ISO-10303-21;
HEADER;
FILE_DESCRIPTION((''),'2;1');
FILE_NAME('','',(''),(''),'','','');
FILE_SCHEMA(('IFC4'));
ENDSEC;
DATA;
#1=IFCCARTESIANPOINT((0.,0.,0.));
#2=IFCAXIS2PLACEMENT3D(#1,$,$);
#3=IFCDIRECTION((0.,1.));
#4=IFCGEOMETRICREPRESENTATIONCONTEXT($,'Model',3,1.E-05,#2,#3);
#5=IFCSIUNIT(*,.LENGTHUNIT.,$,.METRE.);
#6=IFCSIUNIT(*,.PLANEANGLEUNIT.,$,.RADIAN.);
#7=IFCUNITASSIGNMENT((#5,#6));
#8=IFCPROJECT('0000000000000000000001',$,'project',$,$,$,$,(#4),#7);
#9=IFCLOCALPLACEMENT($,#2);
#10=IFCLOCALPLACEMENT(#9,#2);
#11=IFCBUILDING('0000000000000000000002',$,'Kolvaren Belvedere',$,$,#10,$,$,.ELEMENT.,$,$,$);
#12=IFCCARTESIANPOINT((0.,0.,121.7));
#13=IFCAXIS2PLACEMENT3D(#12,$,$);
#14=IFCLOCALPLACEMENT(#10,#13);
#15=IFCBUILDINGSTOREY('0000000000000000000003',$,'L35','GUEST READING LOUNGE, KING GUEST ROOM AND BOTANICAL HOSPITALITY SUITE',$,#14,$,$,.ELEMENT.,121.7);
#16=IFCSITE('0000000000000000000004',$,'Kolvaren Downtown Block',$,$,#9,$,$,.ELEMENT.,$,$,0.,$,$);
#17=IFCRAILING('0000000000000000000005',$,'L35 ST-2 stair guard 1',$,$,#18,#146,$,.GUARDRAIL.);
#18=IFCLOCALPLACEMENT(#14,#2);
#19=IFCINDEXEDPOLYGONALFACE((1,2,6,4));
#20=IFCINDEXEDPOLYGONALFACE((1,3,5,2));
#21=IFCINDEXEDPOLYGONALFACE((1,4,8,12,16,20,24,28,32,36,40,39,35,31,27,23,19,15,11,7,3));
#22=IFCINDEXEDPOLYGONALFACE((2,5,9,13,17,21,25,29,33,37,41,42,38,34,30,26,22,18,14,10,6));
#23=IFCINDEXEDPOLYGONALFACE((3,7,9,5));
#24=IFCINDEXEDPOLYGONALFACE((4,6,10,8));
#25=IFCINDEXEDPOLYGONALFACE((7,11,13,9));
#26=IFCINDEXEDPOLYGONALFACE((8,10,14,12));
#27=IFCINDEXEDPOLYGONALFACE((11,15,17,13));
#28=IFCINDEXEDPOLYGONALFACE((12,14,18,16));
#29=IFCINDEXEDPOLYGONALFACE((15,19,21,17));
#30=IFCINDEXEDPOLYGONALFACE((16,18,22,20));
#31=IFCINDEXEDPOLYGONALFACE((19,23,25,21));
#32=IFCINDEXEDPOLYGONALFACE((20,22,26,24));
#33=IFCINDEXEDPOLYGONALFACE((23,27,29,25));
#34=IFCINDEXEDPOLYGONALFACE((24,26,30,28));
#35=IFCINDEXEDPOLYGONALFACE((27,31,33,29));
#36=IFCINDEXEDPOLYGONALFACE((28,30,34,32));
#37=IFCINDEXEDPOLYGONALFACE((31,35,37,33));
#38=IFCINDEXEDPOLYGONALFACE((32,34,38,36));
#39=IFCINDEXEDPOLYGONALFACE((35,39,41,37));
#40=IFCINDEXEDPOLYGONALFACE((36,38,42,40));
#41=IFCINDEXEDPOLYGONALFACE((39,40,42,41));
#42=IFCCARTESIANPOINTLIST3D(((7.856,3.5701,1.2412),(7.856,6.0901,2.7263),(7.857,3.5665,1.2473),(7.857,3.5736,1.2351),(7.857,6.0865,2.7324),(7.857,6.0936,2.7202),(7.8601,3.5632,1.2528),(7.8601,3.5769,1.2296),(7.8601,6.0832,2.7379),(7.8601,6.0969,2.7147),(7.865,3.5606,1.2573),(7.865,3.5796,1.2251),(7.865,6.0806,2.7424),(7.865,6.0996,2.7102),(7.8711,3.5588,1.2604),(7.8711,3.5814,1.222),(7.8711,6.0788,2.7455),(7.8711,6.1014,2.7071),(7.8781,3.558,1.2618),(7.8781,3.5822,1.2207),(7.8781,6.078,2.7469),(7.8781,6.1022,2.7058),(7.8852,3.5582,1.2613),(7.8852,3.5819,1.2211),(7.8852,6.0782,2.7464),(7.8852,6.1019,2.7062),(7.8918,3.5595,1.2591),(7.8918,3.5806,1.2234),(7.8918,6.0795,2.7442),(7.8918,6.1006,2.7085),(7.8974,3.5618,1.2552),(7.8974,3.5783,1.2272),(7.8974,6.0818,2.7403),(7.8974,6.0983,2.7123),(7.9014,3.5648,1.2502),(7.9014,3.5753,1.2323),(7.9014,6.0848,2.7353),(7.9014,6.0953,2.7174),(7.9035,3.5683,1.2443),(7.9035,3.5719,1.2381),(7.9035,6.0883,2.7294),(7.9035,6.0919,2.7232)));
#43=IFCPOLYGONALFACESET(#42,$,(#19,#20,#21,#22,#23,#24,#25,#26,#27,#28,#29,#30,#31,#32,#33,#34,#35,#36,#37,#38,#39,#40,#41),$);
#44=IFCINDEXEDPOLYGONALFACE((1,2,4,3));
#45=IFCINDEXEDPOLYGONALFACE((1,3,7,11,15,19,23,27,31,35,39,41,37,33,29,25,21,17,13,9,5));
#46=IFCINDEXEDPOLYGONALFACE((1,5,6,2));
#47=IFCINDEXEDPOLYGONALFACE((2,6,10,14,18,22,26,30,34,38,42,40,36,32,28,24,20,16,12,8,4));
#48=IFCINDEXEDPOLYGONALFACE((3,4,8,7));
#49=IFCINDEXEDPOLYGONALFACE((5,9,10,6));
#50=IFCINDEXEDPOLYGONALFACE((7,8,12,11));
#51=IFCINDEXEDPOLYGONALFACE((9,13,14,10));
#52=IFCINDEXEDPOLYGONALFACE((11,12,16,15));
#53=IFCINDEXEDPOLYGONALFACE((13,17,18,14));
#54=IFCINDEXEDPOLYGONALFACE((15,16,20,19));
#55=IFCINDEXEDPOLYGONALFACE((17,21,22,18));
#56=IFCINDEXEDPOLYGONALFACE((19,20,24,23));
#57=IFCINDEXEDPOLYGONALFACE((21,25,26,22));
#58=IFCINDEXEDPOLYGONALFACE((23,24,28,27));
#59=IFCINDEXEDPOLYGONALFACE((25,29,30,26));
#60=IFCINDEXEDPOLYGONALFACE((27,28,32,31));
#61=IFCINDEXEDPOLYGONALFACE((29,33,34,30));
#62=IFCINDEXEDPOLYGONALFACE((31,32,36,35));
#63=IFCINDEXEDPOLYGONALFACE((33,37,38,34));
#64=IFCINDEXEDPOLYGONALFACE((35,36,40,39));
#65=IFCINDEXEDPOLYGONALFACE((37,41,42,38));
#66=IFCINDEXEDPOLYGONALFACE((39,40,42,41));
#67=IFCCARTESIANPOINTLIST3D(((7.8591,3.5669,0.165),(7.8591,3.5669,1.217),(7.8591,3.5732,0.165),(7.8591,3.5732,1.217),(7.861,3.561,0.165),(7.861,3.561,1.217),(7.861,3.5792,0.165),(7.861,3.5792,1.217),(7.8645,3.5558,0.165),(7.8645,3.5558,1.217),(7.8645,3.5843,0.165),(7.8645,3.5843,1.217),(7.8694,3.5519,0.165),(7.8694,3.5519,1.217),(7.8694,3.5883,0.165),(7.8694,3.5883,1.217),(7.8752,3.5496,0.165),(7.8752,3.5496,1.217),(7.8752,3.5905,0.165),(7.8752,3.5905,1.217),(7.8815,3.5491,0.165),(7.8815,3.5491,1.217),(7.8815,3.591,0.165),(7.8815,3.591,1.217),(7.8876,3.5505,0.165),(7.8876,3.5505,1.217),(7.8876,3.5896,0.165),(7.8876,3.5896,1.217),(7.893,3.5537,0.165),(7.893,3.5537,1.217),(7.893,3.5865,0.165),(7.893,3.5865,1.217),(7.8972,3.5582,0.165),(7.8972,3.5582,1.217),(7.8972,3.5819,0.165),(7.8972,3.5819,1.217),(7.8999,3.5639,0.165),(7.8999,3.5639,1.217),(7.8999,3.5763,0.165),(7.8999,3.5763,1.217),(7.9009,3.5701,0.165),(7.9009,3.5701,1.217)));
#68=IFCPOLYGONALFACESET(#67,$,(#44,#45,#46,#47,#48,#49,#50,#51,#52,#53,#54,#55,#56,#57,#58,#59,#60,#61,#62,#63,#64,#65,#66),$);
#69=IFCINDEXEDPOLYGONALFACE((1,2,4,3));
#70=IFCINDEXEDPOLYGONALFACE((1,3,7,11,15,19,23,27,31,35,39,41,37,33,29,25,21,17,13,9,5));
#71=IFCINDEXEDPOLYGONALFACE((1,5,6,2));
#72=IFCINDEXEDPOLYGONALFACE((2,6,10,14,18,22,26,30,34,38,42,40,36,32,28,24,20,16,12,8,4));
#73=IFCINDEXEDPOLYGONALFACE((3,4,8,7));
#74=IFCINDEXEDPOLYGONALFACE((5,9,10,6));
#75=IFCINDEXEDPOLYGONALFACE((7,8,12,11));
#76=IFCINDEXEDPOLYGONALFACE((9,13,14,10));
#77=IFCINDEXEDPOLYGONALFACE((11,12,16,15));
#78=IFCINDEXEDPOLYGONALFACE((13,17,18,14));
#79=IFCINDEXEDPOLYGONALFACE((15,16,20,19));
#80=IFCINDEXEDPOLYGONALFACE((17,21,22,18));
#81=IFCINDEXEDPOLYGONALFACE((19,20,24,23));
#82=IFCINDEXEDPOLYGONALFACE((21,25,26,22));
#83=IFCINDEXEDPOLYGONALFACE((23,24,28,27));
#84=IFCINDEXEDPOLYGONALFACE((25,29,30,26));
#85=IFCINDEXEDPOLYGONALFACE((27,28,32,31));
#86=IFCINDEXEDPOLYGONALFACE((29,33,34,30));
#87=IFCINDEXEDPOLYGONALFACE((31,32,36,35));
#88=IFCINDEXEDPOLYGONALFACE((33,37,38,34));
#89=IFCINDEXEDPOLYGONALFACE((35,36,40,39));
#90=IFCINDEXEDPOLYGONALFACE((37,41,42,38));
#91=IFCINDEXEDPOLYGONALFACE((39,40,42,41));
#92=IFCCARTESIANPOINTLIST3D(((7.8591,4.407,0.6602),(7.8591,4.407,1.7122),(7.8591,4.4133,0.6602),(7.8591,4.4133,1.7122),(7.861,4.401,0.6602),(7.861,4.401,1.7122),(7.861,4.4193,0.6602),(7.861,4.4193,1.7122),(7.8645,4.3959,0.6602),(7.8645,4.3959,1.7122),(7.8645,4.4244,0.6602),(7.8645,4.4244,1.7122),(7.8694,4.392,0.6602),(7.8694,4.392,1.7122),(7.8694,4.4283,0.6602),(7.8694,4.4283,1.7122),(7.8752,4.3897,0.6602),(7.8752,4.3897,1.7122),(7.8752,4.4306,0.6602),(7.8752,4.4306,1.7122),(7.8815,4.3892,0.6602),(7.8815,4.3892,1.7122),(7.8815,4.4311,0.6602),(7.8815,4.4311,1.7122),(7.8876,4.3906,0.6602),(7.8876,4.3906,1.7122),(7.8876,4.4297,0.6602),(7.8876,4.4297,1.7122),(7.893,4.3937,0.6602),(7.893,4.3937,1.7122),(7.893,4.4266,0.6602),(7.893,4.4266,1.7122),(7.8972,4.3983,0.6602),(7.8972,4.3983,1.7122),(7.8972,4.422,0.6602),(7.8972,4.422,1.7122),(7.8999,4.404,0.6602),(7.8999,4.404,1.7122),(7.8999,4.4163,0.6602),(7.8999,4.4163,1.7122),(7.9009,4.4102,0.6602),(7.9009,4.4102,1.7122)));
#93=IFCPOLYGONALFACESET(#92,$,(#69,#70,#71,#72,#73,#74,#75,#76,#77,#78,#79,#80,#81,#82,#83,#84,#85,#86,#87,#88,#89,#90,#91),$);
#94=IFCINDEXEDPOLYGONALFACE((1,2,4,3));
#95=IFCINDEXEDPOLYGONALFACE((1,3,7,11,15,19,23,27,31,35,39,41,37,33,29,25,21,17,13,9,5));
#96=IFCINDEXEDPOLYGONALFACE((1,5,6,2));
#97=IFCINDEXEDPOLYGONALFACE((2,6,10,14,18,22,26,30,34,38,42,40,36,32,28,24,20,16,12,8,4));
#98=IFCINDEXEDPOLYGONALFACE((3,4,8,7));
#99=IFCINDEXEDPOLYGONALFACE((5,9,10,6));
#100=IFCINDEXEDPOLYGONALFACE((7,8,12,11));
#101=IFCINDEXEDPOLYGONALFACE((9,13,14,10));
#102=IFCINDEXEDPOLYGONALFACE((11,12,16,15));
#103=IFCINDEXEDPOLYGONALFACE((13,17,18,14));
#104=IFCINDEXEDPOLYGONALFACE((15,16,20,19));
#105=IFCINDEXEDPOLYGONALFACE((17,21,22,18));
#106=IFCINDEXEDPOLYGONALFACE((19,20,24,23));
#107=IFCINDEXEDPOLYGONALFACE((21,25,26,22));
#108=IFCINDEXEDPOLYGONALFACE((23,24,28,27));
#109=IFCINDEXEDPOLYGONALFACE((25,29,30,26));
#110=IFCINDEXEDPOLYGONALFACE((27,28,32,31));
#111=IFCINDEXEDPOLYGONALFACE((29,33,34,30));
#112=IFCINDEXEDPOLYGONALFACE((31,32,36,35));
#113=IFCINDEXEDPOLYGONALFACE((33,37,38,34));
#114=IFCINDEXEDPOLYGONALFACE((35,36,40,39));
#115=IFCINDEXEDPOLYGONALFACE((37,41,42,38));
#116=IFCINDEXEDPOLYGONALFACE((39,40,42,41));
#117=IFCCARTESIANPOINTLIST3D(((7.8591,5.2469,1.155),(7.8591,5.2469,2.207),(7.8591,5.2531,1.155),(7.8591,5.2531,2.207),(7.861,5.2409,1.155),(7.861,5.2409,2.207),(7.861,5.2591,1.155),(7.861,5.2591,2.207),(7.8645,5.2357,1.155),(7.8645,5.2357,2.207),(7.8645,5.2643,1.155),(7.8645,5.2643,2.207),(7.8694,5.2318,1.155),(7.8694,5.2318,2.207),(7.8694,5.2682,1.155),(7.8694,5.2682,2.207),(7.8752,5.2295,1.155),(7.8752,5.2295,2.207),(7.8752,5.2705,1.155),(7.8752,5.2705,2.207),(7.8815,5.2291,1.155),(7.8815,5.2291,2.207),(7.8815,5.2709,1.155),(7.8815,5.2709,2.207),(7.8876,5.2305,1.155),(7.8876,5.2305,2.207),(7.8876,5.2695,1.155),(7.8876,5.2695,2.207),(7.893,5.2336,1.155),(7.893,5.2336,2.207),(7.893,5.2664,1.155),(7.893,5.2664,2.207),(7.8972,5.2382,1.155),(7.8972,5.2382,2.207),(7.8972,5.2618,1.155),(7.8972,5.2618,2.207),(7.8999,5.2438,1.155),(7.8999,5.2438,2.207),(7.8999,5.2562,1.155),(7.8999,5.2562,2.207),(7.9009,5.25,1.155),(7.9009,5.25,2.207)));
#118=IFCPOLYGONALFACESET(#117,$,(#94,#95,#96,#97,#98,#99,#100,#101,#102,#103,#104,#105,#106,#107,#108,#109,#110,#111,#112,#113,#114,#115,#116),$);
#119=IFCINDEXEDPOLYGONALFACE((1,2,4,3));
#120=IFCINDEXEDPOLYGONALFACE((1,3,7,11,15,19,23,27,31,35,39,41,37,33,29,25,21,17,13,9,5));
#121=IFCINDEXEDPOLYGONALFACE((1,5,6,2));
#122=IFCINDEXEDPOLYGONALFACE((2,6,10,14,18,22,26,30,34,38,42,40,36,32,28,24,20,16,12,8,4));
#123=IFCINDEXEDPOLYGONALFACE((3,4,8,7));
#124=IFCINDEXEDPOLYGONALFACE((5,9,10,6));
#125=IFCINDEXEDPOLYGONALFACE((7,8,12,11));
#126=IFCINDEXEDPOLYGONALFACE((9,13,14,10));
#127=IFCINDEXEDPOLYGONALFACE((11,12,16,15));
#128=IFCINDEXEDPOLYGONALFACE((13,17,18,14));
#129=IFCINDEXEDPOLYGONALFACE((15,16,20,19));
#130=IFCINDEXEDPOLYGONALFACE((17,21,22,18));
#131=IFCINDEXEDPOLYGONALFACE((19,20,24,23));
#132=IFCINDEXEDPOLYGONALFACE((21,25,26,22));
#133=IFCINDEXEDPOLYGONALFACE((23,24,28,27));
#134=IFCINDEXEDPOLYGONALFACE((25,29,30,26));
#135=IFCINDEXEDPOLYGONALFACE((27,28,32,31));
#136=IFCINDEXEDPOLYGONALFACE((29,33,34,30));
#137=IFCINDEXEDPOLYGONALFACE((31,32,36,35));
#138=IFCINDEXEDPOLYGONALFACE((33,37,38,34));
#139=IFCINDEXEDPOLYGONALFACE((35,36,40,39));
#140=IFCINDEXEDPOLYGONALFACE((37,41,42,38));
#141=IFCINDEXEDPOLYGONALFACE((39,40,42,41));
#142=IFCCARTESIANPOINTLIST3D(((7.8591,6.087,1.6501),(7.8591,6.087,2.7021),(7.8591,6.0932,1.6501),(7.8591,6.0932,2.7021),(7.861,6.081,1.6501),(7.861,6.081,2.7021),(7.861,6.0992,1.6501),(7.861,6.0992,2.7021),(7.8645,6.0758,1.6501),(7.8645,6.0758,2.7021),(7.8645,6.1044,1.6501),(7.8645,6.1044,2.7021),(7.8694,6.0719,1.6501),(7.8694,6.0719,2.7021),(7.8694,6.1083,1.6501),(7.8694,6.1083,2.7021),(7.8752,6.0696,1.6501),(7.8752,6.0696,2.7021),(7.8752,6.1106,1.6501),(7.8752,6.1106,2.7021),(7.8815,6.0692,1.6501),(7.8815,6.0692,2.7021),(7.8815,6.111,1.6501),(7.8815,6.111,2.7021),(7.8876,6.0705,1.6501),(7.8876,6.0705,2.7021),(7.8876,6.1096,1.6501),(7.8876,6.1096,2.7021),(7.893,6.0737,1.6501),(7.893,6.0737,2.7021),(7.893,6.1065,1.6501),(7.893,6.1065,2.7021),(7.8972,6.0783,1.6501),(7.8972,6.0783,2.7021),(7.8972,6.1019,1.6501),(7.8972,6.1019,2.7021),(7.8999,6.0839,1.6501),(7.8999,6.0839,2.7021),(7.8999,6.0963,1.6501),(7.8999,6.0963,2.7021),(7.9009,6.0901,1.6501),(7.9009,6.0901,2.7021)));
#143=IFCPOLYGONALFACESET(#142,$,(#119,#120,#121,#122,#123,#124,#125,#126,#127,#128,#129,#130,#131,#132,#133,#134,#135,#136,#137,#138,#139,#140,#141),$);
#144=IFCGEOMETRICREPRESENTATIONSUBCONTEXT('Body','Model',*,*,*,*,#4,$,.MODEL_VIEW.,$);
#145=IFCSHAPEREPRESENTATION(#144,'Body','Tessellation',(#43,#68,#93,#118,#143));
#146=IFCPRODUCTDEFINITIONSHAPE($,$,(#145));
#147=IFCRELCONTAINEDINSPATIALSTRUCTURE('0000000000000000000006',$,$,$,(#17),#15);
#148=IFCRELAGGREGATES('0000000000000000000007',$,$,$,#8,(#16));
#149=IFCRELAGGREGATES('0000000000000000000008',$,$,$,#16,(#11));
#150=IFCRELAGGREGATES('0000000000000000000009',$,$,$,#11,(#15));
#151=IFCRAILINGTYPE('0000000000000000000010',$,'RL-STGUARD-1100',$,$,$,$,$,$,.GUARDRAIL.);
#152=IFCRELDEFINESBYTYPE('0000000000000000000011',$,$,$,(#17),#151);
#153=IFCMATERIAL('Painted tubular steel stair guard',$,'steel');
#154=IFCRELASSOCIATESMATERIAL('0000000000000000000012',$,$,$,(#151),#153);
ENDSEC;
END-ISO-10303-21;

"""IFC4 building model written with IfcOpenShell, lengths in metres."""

from ifc_helpers import new_model, si_unit, direction, frame, origin, origin_2d, place, context, subcontext, project, spatial, circle, extrude, material, type_object, element, save


model = new_model("IFC4")

# Units and contexts
model_context = context("Model", 3, precision=1e-05, world=origin(), true_north=direction((0.0, 1.0)))
body_context = subcontext(model_context, "Body", "Model", "MODEL_VIEW")
ifc_project = project(units=[si_unit("LENGTHUNIT", "METRE"), si_unit("PLANEANGLEUNIT", "RADIAN")], contexts=[model_context])

# Site, building, storey
site_placement = place(None, origin())
site = spatial("IfcSite", under=ifc_project, at=site_placement, Name="Kolvaren Downtown Block", CompositionType="ELEMENT", RefElevation=0.0)
building_placement = place(site_placement, origin())
building = spatial("IfcBuilding", under=site, at=building_placement, Name="Kolvaren Belvedere", CompositionType="ELEMENT")
storey_placement = place(building_placement, frame((0.0, 0.0, 121.7)))
storey = spatial("IfcBuildingStorey", under=building, at=storey_placement, Name="L35", Description="GUEST READING LOUNGE, KING GUEST ROOM AND BOTANICAL HOSPITALITY SUITE", CompositionType="ELEMENT", Elevation=121.7)

# Railing
ifc_material_1 = material(Name="Painted tubular steel stair guard", Category="steel")
railing_type_1 = type_object("IfcRailingType", Name="RL-STGUARD-1100", PredefinedType="GUARDRAIL", material=ifc_material_1)
railing_1_placement = place(storey_placement, frame((7.8799, 3.5701, 0.165)))
element("IfcRailing", 1, at=railing_1_placement, inside=storey, type_object=railing_type_1, Name="L35 ST-2 stair guard 1", PredefinedType="GUARDRAIL", context=body_context, shape_type="SweptSolid", body=[
    extrude(circle(Radius=0.0239, at=origin_2d()), frame((0.0, 0.0, 1.0762), z_axis=(0.0, 0.861524, 0.507717), x_axis=(-1.0, 0.0, 0.0)), (0.0, 0.0, 1.0), 2.925),
    extrude(circle(Radius=0.021, at=origin_2d()), origin(), (0.0, 0.0, 1.0), 1.052),
    extrude(circle(Radius=0.021, at=origin_2d()), frame((0.0, 0.8401, 0.4951)), (0.0, 0.0, 1.0), 1.052),
    extrude(circle(Radius=0.021, at=origin_2d()), frame((0.0, 1.6799, 0.99)), (0.0, 0.0, 1.0), 1.052),
    extrude(circle(Radius=0.021, at=origin_2d()), frame((0.0, 2.52, 1.4851)), (0.0, 0.0, 1.0), 1.052),
])

save(model, "model.ifc")
